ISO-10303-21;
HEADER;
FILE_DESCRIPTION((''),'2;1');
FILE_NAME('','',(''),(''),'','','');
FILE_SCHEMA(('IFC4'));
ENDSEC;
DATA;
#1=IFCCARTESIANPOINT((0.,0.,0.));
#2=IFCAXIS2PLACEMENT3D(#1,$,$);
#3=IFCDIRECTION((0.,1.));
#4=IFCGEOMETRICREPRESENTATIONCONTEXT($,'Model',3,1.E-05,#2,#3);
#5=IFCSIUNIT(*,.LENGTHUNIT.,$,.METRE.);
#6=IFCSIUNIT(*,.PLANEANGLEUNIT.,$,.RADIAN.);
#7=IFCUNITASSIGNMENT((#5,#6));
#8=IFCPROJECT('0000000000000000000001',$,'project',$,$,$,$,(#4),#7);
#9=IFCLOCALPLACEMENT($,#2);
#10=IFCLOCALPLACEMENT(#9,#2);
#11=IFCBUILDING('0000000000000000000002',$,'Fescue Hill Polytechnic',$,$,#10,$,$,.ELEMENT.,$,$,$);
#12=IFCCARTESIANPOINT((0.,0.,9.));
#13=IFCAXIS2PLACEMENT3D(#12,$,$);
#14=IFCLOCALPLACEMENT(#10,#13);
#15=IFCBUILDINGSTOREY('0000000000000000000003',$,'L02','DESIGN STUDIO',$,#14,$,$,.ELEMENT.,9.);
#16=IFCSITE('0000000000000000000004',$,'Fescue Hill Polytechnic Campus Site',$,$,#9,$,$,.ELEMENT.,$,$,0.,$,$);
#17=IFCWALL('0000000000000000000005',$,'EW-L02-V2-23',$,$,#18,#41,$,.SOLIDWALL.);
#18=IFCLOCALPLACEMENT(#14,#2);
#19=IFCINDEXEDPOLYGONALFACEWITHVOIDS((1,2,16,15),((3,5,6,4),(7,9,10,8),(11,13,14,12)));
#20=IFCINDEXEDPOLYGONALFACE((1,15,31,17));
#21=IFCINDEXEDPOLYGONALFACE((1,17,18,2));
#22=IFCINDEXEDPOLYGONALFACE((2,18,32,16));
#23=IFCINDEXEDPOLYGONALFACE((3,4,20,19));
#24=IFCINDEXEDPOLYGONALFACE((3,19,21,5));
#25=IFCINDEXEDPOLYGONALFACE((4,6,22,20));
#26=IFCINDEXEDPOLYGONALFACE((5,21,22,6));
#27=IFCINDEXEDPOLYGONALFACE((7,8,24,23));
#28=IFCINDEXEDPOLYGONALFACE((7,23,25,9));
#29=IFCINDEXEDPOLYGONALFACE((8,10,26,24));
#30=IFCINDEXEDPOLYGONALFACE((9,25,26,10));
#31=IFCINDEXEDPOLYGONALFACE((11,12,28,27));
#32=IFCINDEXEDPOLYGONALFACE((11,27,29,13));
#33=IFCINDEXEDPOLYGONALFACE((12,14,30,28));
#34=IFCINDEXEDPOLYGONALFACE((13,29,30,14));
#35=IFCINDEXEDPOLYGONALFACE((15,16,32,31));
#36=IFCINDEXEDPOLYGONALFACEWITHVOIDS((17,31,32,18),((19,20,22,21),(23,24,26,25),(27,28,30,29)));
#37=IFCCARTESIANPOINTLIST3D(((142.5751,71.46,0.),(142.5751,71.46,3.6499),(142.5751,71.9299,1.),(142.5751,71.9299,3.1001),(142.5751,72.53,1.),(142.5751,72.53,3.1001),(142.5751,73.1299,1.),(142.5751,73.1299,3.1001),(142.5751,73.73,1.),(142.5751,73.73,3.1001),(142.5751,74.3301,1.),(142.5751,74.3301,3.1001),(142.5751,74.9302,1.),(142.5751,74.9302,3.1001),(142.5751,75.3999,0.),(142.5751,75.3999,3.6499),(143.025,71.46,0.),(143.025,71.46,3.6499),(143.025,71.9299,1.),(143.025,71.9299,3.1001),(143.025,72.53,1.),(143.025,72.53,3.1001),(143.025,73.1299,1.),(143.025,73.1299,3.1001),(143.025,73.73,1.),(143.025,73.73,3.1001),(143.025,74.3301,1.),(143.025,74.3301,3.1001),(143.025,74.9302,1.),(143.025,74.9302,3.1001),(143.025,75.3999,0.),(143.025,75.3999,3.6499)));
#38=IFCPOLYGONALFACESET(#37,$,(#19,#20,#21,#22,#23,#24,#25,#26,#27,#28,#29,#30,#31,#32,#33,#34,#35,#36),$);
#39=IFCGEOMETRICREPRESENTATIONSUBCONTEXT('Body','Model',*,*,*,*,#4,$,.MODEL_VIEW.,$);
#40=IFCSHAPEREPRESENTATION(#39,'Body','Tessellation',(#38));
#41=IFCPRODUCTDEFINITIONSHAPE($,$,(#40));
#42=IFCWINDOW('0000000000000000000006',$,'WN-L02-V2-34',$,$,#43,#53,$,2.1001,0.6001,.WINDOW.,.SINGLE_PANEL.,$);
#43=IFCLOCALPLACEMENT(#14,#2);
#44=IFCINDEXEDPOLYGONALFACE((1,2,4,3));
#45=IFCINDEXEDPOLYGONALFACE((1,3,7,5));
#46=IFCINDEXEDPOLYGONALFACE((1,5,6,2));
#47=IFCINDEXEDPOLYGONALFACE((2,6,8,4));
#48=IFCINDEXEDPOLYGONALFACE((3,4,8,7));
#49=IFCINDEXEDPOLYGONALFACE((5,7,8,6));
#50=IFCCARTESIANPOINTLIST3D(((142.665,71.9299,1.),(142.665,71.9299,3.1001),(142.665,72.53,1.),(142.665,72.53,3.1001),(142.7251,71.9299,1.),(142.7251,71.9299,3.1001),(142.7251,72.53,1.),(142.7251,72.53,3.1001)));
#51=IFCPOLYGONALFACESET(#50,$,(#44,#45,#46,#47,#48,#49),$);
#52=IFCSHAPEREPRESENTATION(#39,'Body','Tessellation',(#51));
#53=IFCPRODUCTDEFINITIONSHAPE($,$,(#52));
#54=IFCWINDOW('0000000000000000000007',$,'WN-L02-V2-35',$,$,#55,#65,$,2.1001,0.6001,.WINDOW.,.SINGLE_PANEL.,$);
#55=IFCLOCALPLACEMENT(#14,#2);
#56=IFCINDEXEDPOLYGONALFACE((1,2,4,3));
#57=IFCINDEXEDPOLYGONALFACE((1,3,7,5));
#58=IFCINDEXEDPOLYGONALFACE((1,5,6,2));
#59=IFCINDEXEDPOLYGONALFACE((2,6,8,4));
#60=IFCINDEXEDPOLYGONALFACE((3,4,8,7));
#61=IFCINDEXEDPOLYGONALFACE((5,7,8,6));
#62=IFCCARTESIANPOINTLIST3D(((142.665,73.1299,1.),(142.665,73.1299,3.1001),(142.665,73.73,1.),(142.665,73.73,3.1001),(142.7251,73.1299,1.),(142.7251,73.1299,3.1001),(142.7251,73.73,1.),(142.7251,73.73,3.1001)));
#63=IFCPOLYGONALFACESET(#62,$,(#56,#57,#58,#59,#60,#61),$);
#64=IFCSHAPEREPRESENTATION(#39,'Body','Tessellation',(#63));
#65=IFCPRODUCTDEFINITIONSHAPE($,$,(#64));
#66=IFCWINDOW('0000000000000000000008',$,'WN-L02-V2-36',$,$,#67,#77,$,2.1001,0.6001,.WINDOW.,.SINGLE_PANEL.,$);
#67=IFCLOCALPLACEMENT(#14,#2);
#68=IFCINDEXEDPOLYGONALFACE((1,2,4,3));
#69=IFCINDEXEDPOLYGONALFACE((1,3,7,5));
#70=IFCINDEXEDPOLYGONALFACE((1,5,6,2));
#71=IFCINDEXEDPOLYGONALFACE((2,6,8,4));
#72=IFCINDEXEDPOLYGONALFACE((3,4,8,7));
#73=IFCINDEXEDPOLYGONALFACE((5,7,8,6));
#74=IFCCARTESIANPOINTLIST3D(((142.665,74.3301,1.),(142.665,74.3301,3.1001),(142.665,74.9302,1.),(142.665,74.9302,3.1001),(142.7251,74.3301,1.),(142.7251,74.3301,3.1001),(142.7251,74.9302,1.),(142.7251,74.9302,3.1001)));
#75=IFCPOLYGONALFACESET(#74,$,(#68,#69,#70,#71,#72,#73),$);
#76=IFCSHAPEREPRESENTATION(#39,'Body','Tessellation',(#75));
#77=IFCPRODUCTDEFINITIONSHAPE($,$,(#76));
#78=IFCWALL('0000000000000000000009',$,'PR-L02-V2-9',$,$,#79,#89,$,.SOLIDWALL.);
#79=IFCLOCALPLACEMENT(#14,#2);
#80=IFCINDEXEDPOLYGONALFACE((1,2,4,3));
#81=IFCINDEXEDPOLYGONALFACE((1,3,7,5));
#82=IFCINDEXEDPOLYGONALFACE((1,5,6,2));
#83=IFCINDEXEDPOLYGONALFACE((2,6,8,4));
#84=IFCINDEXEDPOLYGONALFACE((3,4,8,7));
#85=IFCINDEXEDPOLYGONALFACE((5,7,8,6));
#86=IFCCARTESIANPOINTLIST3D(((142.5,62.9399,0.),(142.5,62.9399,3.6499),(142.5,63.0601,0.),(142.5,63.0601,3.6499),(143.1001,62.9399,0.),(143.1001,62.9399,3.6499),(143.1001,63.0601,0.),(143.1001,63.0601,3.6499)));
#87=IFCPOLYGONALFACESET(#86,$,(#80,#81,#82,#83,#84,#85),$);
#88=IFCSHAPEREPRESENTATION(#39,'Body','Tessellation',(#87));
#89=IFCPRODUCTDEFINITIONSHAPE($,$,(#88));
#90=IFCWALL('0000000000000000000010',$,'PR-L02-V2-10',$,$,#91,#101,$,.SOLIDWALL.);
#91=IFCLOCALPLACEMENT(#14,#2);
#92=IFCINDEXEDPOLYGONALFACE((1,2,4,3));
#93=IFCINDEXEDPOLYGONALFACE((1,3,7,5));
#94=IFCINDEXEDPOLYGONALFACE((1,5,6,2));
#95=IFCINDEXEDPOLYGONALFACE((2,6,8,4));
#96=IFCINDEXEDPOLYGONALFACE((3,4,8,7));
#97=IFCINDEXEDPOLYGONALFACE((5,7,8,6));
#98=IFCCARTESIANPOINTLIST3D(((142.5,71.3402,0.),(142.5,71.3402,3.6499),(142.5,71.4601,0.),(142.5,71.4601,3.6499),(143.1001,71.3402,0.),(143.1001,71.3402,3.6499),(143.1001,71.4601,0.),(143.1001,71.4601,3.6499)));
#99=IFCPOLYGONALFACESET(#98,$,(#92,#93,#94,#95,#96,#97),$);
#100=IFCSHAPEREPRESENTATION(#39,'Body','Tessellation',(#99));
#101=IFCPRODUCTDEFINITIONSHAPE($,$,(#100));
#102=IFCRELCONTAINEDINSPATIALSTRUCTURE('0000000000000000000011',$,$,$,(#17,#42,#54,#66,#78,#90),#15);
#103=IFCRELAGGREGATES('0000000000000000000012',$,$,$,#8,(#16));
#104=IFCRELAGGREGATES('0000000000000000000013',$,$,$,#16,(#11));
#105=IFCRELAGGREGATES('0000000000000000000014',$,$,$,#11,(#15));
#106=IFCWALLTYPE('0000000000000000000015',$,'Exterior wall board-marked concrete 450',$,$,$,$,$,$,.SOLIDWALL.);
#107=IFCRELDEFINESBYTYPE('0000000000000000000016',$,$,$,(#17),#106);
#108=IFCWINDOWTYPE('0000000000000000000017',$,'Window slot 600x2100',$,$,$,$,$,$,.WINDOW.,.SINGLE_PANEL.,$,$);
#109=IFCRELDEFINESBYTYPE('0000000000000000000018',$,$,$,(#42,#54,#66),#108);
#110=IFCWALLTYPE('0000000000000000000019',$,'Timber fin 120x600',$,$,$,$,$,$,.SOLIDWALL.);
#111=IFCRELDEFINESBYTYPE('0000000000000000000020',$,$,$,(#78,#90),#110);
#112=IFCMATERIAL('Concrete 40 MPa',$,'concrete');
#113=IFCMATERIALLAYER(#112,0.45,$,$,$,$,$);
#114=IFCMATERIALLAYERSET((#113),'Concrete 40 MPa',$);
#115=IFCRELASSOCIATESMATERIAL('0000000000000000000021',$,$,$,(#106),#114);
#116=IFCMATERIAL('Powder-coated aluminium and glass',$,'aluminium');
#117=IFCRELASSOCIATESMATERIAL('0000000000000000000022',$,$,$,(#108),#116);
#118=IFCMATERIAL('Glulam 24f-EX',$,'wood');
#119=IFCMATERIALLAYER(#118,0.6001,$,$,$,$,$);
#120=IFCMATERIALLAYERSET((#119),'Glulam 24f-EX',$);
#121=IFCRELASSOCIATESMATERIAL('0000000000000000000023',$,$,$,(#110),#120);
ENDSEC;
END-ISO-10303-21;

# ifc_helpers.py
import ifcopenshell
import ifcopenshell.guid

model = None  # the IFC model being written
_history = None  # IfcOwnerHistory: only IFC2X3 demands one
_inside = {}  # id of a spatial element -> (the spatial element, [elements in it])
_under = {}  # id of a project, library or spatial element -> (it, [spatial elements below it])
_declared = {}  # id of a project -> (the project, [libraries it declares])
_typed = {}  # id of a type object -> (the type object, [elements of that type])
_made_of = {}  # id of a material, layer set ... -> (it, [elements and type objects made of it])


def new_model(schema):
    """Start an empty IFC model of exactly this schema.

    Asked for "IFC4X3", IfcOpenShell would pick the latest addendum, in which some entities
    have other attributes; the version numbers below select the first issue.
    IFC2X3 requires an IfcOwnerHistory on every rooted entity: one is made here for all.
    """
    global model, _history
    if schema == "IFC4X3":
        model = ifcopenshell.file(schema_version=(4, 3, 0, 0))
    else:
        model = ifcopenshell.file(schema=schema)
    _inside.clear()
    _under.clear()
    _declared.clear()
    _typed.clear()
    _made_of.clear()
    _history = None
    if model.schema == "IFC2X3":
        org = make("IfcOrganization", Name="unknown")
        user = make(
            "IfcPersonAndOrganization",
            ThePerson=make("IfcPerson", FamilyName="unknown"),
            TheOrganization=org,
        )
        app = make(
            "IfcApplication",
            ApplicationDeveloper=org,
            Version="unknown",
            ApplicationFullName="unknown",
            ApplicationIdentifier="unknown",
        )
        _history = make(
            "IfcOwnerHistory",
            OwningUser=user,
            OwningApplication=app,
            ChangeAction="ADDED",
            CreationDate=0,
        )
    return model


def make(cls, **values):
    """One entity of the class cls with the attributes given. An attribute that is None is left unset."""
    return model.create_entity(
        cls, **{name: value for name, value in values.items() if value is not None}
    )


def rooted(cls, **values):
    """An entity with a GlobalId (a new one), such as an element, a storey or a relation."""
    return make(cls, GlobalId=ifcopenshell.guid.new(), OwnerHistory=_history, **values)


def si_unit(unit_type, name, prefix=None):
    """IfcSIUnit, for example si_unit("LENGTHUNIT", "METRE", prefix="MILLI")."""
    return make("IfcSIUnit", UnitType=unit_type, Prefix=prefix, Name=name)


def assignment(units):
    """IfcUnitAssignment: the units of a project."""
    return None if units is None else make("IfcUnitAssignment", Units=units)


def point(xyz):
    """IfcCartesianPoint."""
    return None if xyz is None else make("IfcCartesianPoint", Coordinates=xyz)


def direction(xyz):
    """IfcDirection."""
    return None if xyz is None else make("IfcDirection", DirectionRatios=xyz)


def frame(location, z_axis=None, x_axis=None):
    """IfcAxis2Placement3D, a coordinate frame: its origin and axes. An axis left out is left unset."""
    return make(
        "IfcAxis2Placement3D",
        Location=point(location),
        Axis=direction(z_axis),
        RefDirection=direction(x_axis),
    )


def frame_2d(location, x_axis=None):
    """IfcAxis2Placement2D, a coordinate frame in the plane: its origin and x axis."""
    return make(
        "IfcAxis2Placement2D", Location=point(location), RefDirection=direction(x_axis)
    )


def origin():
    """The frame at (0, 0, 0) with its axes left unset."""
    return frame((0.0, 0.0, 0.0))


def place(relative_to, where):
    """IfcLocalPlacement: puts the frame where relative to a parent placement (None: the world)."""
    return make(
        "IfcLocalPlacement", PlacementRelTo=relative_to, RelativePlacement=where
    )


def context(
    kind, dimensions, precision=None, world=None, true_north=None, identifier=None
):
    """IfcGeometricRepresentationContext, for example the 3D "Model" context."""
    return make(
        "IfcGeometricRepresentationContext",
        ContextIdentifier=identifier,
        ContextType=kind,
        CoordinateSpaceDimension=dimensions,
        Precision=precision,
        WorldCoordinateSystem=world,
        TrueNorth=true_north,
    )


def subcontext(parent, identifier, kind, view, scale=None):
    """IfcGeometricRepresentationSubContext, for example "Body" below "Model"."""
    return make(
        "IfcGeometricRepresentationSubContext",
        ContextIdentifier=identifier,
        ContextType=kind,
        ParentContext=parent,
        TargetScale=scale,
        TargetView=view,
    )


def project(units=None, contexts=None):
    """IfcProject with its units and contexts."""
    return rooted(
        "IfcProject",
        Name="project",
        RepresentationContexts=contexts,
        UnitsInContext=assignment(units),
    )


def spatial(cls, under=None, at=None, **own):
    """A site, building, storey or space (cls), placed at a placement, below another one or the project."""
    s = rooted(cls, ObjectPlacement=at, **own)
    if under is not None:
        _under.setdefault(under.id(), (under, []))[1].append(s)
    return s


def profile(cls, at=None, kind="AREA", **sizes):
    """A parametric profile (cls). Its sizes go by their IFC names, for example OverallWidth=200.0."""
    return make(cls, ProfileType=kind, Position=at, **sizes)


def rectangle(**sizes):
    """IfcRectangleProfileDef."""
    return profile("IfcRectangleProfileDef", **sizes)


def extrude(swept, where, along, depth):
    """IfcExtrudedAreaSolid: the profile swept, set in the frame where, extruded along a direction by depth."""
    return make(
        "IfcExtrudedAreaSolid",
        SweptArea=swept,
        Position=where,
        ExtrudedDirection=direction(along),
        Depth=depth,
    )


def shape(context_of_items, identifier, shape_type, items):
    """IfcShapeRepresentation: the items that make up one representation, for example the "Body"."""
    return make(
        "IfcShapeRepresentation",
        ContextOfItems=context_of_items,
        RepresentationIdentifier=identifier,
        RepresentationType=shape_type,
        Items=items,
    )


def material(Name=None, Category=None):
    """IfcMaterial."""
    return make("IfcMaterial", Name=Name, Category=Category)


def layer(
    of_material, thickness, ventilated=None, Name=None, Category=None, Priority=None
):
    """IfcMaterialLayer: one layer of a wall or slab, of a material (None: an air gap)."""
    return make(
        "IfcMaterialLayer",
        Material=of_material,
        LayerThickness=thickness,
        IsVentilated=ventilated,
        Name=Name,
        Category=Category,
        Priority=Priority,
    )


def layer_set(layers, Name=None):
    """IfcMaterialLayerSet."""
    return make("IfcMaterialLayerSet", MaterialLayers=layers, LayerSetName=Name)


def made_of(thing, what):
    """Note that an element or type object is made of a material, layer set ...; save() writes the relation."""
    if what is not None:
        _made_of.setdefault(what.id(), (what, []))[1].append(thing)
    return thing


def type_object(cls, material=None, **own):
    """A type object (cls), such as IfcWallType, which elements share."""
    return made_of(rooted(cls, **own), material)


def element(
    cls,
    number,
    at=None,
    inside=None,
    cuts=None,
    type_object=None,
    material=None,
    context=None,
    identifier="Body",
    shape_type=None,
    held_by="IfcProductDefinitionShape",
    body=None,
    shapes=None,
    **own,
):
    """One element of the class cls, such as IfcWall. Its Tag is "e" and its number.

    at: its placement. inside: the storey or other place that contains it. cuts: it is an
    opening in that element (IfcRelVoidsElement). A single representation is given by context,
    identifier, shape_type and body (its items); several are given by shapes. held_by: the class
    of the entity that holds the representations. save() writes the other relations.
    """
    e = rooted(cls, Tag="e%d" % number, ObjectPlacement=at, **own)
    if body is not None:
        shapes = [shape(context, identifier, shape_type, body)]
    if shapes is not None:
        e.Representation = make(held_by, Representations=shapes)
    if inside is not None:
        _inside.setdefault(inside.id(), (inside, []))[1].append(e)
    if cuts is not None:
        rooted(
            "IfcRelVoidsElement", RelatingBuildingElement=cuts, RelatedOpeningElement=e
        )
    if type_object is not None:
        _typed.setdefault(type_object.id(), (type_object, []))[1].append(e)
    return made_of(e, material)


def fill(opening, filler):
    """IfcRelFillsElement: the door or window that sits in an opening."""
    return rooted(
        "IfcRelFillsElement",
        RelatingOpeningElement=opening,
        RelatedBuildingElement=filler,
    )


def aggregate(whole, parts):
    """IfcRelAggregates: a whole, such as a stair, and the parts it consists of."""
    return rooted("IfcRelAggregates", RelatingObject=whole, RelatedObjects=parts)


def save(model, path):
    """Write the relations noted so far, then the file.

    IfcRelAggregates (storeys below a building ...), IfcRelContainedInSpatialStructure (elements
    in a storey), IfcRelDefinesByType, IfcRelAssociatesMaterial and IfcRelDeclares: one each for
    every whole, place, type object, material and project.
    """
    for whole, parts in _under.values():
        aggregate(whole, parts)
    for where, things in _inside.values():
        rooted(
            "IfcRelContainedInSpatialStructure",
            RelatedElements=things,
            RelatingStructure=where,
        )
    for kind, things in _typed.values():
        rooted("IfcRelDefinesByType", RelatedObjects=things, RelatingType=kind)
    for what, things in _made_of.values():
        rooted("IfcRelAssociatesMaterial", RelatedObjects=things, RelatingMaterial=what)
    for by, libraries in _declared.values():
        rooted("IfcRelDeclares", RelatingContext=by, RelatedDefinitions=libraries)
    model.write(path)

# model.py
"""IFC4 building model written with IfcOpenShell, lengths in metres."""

from ifc_helpers import new_model, si_unit, direction, frame, frame_2d, origin, place, context, subcontext, project, spatial, rectangle, extrude, material, layer, layer_set, type_object, element, fill, save


model = new_model("IFC4")

# Units and contexts
model_context = context("Model", 3, precision=1e-05, world=origin(), true_north=direction((0.0, 1.0)))
body_context = subcontext(model_context, "Body", "Model", "MODEL_VIEW")
ifc_project = project(units=[si_unit("LENGTHUNIT", "METRE"), si_unit("PLANEANGLEUNIT", "RADIAN")], contexts=[model_context])

# Site, building, storey
site_placement = place(None, origin())
site = spatial("IfcSite", under=ifc_project, at=site_placement, Name="Fescue Hill Polytechnic Campus Site", CompositionType="ELEMENT", RefElevation=0.0)
building_placement = place(site_placement, origin())
building = spatial("IfcBuilding", under=site, at=building_placement, Name="Fescue Hill Polytechnic", CompositionType="ELEMENT")
storey_placement = place(building_placement, frame((0.0, 0.0, 9.0)))
storey = spatial("IfcBuildingStorey", under=building, at=storey_placement, Name="L02", Description="DESIGN STUDIO", CompositionType="ELEMENT", Elevation=9.0)

# Shared definitions
ifc_material_1 = material(Name="Concrete 40 MPa", Category="concrete")

# Wall, openings, windows
ifc_layer_1 = layer(ifc_material_1, 0.45)
ifc_layer_set_1 = layer_set([ifc_layer_1], Name="Concrete 40 MPa")
wall_type_1 = type_object("IfcWallType", Name="Exterior wall board-marked concrete 450", PredefinedType="SOLIDWALL", material=ifc_layer_set_1)
ifc_material_2 = material(Name="Powder-coated aluminium and glass", Category="aluminium")
window_type = type_object("IfcWindowType", Name="Window slot 600x2100", PartitioningType="SINGLE_PANEL", PredefinedType="WINDOW", material=ifc_material_2)
wall_1_placement = place(storey_placement, frame((142.8, 71.46, 0.0), z_axis=(0.0, 0.0, 1.0), x_axis=(0.0, 1.0, 0.0)))
wall_1 = element("IfcWall", 1, at=wall_1_placement, inside=storey, type_object=wall_type_1, Name="EW-L02-V2-23", PredefinedType="SOLIDWALL", context=body_context, shape_type="SweptSolid", body=[
    extrude(rectangle(XDim=3.9399, YDim=0.45, at=frame_2d((1.97, 0.0))), origin(), (0.0, 0.0, 1.0), 3.6499),
])
opening_1_placement = place(wall_1_placement, frame((0.47, 0.0, 1.0)))
opening_1 = element("IfcOpeningElement", 2, at=opening_1_placement, cuts=wall_1, PredefinedType="OPENING", context=body_context, shape_type="SweptSolid", body=[
    extrude(rectangle(XDim=0.6001, YDim=2.1001, at=frame_2d((0.3, 1.05))), frame((0.0, 0.2349, 0.0), z_axis=(0.0, -1.0, 0.0), x_axis=(1.0, 0.0, 0.0)), (0.0, 0.0, 1.0), 0.47),
])
opening_2_placement = place(wall_1_placement, frame((1.6699, 0.0, 1.0)))
opening_2 = element("IfcOpeningElement", 3, at=opening_2_placement, cuts=wall_1, PredefinedType="OPENING", context=body_context, shape_type="SweptSolid", body=[
    extrude(rectangle(XDim=0.6001, YDim=2.1001, at=frame_2d((0.3, 1.05))), frame((0.0, 0.2349, 0.0), z_axis=(0.0, -1.0, 0.0), x_axis=(1.0, 0.0, 0.0)), (0.0, 0.0, 1.0), 0.47),
])
opening_3_placement = place(wall_1_placement, frame((2.8701, 0.0, 1.0)))
opening_3 = element("IfcOpeningElement", 4, at=opening_3_placement, cuts=wall_1, PredefinedType="OPENING", context=body_context, shape_type="SweptSolid", body=[
    extrude(rectangle(XDim=0.6001, YDim=2.1001, at=frame_2d((0.3, 1.05))), frame((0.0, 0.2349, 0.0), z_axis=(0.0, -1.0, 0.0), x_axis=(1.0, 0.0, 0.0)), (0.0, 0.0, 1.0), 0.47),
])
window_1_placement = place(opening_1_placement, origin())
window_1 = element("IfcWindow", 5, at=window_1_placement, inside=storey, type_object=window_type, Name="WN-L02-V2-34", OverallHeight=2.1001, OverallWidth=0.6001, PartitioningType="SINGLE_PANEL", PredefinedType="WINDOW", context=body_context, shape_type="SweptSolid", body=[
    extrude(rectangle(XDim=0.6001, YDim=2.1001, at=frame_2d((0.3, 1.05))), frame((0.0, 0.135, 0.0), z_axis=(0.0, -1.0, 0.0), x_axis=(1.0, 0.0, 0.0)), (0.0, 0.0, 1.0), 0.0601),
])
fill(opening_1, window_1)
window_2_placement = place(opening_2_placement, origin())
window_2 = element("IfcWindow", 6, at=window_2_placement, inside=storey, type_object=window_type, Name="WN-L02-V2-35", OverallHeight=2.1001, OverallWidth=0.6001, PartitioningType="SINGLE_PANEL", PredefinedType="WINDOW", context=body_context, shape_type="SweptSolid", body=[
    extrude(rectangle(XDim=0.6001, YDim=2.1001, at=frame_2d((0.3, 1.05))), frame((0.0, 0.135, 0.0), z_axis=(0.0, -1.0, 0.0), x_axis=(1.0, 0.0, 0.0)), (0.0, 0.0, 1.0), 0.0601),
])
fill(opening_2, window_2)
window_3_placement = place(opening_3_placement, origin())
window_3 = element("IfcWindow", 7, at=window_3_placement, inside=storey, type_object=window_type, Name="WN-L02-V2-36", OverallHeight=2.1001, OverallWidth=0.6001, PartitioningType="SINGLE_PANEL", PredefinedType="WINDOW", context=body_context, shape_type="SweptSolid", body=[
    extrude(rectangle(XDim=0.6001, YDim=2.1001, at=frame_2d((0.3, 1.05))), frame((0.0, 0.135, 0.0), z_axis=(0.0, -1.0, 0.0), x_axis=(1.0, 0.0, 0.0)), (0.0, 0.0, 1.0), 0.0601),
])
fill(opening_3, window_3)

# Walls
ifc_material_3 = material(Name="Glulam 24f-EX", Category="wood")
ifc_layer_2 = layer(ifc_material_3, 0.6001)
ifc_layer_set_2 = layer_set([ifc_layer_2], Name="Glulam 24f-EX")
wall_type_2 = type_object("IfcWallType", Name="Timber fin 120x600", PredefinedType="SOLIDWALL", material=ifc_layer_set_2)
wall_2_placement = place(storey_placement, frame((142.8, 62.9399, 0.0), z_axis=(0.0, 0.0, 1.0), x_axis=(0.0, 1.0, 0.0)))
element("IfcWall", 8, at=wall_2_placement, inside=storey, type_object=wall_type_2, Name="PR-L02-V2-9", PredefinedType="SOLIDWALL", context=body_context, shape_type="SweptSolid", body=[
    extrude(rectangle(XDim=0.1201, YDim=0.6001, at=frame_2d((0.0601, 0.0))), origin(), (0.0, 0.0, 1.0), 3.6499),
])
wall_3_placement = place(storey_placement, frame((142.8, 71.3401, 0.0), z_axis=(0.0, 0.0, 1.0), x_axis=(0.0, 1.0, 0.0)))
element("IfcWall", 9, at=wall_3_placement, inside=storey, type_object=wall_type_2, Name="PR-L02-V2-10", PredefinedType="SOLIDWALL", context=body_context, shape_type="SweptSolid", body=[
    extrude(rectangle(XDim=0.1199, YDim=0.6001, at=frame_2d((0.0601, 0.0))), origin(), (0.0, 0.0, 1.0), 3.6499),
])

save(model, "model.ifc")
